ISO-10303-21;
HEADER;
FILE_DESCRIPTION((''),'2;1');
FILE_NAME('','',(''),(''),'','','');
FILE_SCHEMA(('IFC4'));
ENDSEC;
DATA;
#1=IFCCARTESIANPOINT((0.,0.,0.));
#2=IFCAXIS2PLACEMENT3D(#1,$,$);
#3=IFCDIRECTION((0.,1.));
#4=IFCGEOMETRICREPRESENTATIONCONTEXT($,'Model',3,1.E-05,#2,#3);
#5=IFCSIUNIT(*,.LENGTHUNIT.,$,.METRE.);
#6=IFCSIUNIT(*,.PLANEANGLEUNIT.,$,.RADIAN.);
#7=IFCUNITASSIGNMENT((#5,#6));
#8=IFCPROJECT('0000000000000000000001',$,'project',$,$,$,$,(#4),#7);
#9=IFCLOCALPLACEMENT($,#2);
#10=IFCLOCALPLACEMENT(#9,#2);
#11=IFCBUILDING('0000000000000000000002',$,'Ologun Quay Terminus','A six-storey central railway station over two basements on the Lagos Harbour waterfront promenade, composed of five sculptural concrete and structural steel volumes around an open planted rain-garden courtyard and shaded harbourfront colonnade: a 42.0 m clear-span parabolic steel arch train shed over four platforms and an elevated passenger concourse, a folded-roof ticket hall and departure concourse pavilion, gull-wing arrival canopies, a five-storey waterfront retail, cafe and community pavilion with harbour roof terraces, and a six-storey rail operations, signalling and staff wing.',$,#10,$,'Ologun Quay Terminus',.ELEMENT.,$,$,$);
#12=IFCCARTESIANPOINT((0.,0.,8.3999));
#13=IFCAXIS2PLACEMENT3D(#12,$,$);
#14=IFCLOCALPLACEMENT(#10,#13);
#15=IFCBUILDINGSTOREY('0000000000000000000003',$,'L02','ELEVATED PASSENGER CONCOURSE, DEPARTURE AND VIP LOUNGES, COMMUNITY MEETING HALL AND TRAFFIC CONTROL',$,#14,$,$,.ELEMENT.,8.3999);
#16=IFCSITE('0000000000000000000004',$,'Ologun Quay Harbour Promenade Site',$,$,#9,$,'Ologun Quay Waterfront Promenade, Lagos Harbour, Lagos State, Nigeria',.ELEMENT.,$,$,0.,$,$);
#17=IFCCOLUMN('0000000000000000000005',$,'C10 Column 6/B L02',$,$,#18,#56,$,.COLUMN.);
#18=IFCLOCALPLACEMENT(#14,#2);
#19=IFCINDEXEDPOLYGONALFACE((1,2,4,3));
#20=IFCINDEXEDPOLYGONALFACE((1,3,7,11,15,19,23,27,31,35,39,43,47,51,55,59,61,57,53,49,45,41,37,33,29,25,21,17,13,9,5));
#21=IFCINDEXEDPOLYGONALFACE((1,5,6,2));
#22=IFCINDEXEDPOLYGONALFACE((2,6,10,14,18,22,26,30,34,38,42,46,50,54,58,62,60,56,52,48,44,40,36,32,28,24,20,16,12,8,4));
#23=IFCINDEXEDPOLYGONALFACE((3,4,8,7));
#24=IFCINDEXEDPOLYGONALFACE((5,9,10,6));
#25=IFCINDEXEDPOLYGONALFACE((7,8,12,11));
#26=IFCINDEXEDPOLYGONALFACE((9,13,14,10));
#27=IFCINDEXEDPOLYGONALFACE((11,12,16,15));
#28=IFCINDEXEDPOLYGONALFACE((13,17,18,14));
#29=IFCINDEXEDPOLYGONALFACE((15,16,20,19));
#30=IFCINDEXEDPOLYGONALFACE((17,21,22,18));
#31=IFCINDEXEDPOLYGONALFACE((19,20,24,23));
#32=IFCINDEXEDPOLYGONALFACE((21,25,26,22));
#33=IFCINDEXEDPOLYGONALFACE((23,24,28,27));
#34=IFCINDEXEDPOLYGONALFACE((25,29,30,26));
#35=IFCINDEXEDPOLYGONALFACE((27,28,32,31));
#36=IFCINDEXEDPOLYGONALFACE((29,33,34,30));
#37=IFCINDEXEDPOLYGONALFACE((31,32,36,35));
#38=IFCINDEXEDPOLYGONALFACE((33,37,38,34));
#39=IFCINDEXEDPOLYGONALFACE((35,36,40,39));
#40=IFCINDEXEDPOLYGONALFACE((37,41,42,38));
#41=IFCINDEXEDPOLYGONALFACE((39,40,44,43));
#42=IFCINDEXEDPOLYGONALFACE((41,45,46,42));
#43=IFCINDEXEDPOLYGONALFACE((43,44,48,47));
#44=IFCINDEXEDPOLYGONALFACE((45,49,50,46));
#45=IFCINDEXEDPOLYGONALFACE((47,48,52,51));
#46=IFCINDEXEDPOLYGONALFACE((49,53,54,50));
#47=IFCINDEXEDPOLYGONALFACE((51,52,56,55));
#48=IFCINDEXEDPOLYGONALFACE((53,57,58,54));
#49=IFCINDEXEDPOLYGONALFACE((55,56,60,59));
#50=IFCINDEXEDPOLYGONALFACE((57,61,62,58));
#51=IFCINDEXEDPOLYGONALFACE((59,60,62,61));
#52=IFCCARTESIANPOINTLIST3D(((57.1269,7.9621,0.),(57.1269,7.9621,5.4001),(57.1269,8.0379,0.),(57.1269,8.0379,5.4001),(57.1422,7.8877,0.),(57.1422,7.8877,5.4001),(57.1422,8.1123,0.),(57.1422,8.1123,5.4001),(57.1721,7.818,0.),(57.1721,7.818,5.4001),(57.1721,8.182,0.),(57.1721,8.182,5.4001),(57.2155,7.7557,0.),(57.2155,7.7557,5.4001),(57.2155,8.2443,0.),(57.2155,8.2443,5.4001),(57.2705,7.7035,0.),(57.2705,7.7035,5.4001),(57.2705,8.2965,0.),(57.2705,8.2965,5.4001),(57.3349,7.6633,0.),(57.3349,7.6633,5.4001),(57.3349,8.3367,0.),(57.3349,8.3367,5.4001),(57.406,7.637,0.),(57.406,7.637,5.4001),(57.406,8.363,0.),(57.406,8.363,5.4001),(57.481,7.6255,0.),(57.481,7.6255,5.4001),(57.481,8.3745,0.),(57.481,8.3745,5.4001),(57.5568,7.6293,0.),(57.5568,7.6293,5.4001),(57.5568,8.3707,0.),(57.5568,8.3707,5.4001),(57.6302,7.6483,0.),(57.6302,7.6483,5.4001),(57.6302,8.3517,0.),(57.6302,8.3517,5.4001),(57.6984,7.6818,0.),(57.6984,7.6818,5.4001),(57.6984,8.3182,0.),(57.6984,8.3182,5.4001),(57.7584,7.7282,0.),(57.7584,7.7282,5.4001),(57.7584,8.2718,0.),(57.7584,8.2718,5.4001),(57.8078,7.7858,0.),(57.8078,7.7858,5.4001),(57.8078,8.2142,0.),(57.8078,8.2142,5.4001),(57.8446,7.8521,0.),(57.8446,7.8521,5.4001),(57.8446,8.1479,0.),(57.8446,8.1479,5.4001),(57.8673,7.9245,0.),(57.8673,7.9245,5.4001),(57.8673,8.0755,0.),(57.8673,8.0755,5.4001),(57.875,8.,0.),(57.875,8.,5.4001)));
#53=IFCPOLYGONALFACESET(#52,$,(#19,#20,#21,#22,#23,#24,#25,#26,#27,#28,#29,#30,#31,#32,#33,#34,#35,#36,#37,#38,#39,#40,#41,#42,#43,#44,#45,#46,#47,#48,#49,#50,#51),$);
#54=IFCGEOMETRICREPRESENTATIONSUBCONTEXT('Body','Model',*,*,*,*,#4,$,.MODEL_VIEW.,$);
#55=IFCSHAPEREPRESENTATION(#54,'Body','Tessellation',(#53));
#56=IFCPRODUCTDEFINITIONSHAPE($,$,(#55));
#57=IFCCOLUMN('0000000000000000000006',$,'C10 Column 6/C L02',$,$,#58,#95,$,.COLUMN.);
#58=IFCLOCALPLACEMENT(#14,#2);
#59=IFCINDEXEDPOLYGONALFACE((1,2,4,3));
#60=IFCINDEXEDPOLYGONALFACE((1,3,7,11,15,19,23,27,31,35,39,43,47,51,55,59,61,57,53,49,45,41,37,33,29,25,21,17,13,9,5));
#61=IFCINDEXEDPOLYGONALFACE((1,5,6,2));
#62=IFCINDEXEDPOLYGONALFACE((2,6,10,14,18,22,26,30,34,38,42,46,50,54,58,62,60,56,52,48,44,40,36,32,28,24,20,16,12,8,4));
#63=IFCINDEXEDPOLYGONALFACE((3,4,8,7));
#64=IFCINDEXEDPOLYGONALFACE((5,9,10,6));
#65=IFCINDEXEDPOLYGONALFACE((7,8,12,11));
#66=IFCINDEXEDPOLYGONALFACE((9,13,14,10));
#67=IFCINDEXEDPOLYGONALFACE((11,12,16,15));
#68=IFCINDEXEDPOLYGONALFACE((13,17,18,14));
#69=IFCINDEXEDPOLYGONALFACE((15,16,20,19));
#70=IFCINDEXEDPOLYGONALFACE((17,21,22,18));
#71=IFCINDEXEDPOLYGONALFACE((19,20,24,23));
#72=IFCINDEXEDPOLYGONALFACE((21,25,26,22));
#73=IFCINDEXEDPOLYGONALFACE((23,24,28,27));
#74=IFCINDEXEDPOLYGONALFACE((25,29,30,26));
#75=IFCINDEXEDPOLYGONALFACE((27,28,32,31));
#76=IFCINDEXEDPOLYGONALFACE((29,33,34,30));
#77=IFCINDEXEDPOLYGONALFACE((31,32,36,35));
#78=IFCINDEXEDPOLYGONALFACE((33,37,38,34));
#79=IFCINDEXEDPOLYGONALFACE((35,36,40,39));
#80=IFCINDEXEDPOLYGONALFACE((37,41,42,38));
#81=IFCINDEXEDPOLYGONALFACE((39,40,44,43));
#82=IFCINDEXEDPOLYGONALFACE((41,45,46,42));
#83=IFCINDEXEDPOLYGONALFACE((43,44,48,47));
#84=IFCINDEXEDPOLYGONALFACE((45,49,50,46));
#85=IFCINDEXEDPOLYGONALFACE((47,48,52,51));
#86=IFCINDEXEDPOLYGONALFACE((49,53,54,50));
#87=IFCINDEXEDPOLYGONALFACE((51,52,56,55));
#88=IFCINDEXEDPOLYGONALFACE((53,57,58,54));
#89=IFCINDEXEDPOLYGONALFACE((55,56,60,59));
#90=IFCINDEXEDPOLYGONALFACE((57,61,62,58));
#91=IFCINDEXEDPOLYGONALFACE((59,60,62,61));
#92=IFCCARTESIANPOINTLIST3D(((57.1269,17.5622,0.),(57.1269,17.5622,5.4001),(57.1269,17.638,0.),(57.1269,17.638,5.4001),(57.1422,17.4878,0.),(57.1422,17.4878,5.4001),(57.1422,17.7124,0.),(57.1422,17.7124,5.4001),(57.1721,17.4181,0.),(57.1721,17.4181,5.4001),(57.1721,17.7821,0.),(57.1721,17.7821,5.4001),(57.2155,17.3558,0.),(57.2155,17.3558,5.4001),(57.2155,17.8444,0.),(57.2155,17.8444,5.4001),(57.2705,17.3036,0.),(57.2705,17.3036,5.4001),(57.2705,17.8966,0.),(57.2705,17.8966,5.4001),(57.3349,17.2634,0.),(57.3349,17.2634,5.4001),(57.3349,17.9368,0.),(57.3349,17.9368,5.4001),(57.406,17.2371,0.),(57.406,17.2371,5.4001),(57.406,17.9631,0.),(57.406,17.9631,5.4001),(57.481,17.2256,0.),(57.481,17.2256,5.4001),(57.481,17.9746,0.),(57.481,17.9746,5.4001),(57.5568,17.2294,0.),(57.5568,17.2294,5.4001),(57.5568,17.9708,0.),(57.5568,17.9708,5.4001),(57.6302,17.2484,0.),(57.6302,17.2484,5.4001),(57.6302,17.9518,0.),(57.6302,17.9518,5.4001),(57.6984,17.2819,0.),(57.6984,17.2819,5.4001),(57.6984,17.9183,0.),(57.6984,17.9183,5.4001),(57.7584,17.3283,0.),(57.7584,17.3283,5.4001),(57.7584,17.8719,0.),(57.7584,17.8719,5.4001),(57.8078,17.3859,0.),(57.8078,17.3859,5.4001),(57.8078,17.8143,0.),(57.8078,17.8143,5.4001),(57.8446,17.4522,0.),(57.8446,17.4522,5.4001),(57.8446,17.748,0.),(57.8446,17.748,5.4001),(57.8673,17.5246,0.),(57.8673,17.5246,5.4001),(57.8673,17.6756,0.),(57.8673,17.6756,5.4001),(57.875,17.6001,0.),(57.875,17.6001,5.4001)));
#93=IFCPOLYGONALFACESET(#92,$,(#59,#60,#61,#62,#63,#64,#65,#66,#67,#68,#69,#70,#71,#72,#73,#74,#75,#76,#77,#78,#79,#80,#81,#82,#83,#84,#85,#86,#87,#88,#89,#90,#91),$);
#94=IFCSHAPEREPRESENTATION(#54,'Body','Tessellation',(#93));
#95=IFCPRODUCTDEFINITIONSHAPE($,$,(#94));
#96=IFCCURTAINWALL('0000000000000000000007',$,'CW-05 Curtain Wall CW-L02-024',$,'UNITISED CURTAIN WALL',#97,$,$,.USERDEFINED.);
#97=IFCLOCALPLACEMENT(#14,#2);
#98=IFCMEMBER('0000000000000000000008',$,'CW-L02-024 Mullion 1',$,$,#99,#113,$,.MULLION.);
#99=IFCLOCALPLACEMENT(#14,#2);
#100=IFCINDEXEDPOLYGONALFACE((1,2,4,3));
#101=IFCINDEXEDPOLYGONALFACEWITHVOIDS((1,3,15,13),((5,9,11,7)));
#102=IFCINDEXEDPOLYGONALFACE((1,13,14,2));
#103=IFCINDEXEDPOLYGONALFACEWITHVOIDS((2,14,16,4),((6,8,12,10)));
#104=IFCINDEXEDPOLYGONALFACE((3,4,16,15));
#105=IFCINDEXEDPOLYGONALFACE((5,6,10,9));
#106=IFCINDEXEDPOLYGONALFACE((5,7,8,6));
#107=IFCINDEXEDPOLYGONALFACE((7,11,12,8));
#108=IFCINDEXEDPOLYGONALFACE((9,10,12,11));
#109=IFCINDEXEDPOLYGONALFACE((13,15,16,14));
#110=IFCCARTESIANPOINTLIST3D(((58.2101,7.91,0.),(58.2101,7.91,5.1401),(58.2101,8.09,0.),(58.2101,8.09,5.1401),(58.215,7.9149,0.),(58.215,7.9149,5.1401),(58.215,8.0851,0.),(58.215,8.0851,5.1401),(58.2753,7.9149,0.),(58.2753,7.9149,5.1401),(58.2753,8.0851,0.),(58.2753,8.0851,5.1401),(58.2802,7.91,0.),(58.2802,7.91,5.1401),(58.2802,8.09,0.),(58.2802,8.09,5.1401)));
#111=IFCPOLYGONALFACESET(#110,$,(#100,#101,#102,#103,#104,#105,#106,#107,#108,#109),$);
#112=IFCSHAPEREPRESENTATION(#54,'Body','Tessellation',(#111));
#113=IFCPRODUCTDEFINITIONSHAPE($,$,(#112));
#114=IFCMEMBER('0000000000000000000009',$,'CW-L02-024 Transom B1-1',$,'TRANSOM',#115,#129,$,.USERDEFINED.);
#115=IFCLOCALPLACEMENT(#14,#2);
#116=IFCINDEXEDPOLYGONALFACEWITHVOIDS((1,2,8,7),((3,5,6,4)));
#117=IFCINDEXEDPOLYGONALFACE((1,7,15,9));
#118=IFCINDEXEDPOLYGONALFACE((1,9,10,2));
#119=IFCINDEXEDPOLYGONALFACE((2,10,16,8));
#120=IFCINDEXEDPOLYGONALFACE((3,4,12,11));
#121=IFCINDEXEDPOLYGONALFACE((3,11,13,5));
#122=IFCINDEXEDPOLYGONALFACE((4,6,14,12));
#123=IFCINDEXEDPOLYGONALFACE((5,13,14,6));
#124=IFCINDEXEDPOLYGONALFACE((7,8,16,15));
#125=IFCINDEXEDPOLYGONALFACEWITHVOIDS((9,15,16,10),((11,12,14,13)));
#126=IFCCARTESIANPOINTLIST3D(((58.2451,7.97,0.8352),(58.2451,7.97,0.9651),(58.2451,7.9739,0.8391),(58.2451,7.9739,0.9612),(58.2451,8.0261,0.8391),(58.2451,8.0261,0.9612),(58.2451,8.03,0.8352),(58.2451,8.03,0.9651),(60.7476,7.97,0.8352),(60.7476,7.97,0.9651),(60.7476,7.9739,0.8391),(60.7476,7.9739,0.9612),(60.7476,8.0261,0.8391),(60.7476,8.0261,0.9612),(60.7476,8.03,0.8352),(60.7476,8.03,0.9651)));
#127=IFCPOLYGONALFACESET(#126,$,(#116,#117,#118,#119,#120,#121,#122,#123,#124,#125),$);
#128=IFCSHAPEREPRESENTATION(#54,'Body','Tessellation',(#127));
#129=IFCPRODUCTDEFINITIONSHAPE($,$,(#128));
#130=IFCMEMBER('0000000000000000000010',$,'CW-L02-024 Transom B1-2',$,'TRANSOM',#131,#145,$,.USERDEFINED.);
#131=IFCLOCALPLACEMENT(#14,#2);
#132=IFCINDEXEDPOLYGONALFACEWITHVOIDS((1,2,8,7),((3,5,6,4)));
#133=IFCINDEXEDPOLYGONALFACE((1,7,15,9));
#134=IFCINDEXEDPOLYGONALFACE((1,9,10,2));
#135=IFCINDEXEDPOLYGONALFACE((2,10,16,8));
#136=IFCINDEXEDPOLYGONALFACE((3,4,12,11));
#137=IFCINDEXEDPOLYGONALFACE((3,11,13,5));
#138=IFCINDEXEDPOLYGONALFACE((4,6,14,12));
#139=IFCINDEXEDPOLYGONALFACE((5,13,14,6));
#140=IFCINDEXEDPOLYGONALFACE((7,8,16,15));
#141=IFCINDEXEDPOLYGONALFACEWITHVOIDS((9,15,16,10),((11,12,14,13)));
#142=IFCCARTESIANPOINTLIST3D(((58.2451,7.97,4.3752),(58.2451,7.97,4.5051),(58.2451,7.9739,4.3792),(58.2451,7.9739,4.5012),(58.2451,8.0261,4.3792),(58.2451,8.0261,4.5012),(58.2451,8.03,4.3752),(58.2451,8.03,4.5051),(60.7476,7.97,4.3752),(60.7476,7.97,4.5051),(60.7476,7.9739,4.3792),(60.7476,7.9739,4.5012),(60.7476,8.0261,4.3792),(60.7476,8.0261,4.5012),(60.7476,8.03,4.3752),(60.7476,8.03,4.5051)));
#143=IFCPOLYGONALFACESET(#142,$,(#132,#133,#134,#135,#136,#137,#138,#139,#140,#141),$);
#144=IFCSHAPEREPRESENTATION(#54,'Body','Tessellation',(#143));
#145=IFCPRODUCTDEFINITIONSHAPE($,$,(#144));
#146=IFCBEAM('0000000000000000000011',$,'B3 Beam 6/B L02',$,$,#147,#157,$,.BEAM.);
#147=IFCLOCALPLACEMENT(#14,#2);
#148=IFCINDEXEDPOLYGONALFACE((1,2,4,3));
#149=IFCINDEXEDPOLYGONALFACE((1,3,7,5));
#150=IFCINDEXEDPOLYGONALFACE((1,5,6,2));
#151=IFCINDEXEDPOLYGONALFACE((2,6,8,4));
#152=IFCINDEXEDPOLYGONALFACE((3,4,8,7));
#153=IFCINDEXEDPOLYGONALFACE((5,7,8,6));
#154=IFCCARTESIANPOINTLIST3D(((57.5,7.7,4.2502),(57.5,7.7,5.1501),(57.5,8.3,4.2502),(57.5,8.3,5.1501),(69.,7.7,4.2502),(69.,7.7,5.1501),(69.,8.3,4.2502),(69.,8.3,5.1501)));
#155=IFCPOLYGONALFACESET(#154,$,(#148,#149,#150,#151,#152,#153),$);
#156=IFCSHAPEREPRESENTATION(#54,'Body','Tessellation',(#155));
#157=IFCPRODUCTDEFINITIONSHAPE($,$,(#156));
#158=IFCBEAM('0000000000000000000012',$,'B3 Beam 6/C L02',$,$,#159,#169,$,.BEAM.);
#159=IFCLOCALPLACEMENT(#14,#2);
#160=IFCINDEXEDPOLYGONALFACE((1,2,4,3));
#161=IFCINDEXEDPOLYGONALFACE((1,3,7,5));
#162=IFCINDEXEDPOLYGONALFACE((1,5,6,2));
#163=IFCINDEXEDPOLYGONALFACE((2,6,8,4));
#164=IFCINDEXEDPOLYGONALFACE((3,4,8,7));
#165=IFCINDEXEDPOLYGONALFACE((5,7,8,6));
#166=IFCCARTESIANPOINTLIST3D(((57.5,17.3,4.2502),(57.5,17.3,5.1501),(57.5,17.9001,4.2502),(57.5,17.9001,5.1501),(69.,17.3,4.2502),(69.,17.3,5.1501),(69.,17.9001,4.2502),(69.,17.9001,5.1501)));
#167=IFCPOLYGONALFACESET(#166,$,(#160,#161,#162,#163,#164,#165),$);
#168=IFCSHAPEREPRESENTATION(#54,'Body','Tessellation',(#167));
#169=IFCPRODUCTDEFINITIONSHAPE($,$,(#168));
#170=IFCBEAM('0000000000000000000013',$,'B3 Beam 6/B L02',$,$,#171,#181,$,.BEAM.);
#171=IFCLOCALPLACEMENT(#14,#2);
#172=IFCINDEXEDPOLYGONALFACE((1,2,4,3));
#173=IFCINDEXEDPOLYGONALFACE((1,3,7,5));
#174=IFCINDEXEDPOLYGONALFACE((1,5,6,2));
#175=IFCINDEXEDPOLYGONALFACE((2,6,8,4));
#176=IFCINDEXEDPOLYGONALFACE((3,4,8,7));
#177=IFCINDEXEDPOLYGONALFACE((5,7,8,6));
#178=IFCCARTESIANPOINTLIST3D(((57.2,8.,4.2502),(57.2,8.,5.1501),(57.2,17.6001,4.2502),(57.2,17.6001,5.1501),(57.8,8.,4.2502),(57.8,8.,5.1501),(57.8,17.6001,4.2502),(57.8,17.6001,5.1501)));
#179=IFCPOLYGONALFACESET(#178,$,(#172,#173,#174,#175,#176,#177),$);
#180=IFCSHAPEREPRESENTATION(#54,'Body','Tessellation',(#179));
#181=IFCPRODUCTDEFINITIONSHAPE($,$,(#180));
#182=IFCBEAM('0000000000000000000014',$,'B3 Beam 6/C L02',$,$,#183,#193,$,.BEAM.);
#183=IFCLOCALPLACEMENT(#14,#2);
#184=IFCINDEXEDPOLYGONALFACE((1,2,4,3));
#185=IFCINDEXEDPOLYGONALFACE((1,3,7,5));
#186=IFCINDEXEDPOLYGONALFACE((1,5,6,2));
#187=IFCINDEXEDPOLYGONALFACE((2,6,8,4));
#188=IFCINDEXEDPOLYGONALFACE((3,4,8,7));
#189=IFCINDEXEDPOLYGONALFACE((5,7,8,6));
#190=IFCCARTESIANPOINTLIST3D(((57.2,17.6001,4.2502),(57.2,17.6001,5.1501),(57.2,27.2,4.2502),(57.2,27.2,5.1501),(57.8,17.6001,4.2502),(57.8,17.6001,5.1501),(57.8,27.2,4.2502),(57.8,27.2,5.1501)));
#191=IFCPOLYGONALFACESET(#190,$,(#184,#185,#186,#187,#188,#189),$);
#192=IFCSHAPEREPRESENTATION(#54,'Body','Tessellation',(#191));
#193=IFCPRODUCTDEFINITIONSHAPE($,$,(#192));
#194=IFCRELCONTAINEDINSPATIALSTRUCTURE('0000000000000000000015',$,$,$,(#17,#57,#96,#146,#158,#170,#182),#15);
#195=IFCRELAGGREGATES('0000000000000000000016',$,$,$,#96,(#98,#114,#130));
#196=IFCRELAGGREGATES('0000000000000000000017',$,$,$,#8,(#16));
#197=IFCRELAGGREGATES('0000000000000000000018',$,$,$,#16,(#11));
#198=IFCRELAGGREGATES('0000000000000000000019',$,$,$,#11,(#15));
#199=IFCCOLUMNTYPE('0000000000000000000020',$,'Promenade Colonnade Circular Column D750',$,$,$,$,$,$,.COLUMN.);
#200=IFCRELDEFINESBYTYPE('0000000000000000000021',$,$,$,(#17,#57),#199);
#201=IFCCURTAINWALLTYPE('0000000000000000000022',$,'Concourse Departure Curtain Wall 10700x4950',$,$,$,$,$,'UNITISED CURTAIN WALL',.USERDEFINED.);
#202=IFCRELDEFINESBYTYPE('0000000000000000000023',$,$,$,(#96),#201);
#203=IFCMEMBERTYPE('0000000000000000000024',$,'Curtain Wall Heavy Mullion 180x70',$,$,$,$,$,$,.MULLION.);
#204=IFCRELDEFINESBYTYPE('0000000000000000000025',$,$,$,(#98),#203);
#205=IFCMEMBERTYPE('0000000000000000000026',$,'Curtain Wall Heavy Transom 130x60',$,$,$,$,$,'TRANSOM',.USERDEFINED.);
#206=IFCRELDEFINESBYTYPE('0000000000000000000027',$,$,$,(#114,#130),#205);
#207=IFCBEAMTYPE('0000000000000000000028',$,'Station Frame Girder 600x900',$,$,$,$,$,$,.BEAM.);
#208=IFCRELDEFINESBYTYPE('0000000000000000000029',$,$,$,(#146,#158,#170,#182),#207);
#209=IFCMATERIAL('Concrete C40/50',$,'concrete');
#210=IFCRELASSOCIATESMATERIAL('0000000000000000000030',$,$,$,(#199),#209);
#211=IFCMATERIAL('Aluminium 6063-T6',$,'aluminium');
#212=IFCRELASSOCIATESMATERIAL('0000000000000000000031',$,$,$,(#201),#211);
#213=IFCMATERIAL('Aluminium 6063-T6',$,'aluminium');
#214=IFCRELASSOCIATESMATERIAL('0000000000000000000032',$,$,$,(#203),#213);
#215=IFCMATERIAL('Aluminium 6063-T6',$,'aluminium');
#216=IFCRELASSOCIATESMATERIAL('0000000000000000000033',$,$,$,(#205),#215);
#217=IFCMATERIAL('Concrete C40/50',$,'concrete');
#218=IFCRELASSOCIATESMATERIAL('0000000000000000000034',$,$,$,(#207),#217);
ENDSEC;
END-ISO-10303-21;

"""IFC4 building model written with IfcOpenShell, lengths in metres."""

from ifc_helpers import new_model, si_unit, direction, frame, origin, origin_2d, place, context, subcontext, project, spatial, rectangle, hollow_rectangle, circle, extrude, material, material_profile, profile_set, type_object, element, aggregate, save


model = new_model("IFC4")

# Units and contexts
model_context = context("Model", 3, precision=1e-05, world=origin(), true_north=direction((0.0, 1.0)))
body_context = subcontext(model_context, "Body", "Model", "MODEL_VIEW")
ifc_project = project(units=[si_unit("LENGTHUNIT", "METRE"), si_unit("PLANEANGLEUNIT", "RADIAN")], contexts=[model_context])

# Site, building, storey
site_placement = place(None, origin())
site = spatial("IfcSite", under=ifc_project, at=site_placement, Name="Ologun Quay Harbour Promenade Site", LongName="Ologun Quay Waterfront Promenade, Lagos Harbour, Lagos State, Nigeria", CompositionType="ELEMENT", RefElevation=0.0)
building_placement = place(site_placement, origin())
building = spatial("IfcBuilding", under=site, at=building_placement, Name="Ologun Quay Terminus", Description="A six-storey central railway station over two basements on the Lagos Harbour waterfront promenade, composed of five sculptural concrete and structural steel volumes around an open planted rain-garden courtyard and shaded harbourfront colonnade: a 42.0 m clear-span parabolic steel arch train shed over four platforms and an elevated passenger concourse, a folded-roof ticket hall and departure concourse pavilion, gull-wing arrival canopies, a five-storey waterfront retail, cafe and community pavilion with harbour roof terraces, and a six-storey rail operations, signalling and staff wing.", LongName="Ologun Quay Terminus", CompositionType="ELEMENT")
storey_placement = place(building_placement, frame((0.0, 0.0, 8.3999)))
storey = spatial("IfcBuildingStorey", under=building, at=storey_placement, Name="L02", Description="ELEVATED PASSENGER CONCOURSE, DEPARTURE AND VIP LOUNGES, COMMUNITY MEETING HALL AND TRAFFIC CONTROL", CompositionType="ELEMENT", Elevation=8.3999)

# Columns
ifc_material_1 = material(Name="Concrete C40/50", Category="concrete")
ifc_material_profile_1 = material_profile(ifc_material_1, circle(Radius=0.375, at=origin_2d()), Name="RC D750")
ifc_profile_set_1 = profile_set([ifc_material_profile_1], Name="Concrete C40/50")
column_type = type_object("IfcColumnType", Name="Promenade Colonnade Circular Column D750", PredefinedType="COLUMN", material=ifc_profile_set_1)
for number, where, z_axis, x_axis, name in (
    (1, (57.5, 8.0, 0.0), (0.0, 0.0, 1.0), (1.0, 0.0, 0.0), "C10 Column 6/B L02"),
    (2, (57.5, 17.6001, 0.0), (0.0, 0.0, 1.0), (1.0, 0.0, 0.0), "C10 Column 6/C L02"),
):
    element("IfcColumn", number, at=place(storey_placement, frame(where, z_axis=z_axis, x_axis=x_axis)), inside=storey, type_object=column_type, Name=name, PredefinedType="COLUMN", context=body_context, shape_type="SweptSolid", body=[
        extrude(circle(Radius=0.375, at=origin_2d()), origin(), (0.0, 0.0, 1.0), 5.4001),
    ])

# Curtain wall, members
ifc_material_2 = material(Name="Aluminium 6063-T6", Category="aluminium")
curtain_wall_type = type_object("IfcCurtainWallType", Name="Concourse Departure Curtain Wall 10700x4950", ElementType="UNITISED CURTAIN WALL", PredefinedType="USERDEFINED", material=ifc_material_2)
curtain_wall_placement = place(storey_placement, origin())
curtain_wall = element("IfcCurtainWall", 3, at=curtain_wall_placement, inside=storey, type_object=curtain_wall_type, Name="CW-05 Curtain Wall CW-L02-024", ObjectType="UNITISED CURTAIN WALL", PredefinedType="USERDEFINED")
ifc_material_3 = material(Name="Aluminium 6063-T6", Category="aluminium")
ifc_material_profile_2 = material_profile(ifc_material_3, hollow_rectangle(XDim=0.0701, YDim=0.1799, WallThickness=0.0049, at=origin_2d()), Name="ALU 180x70x5")
ifc_profile_set_2 = profile_set([ifc_material_profile_2], Name="Aluminium 6063-T6")
member_type_1 = type_object("IfcMemberType", Name="Curtain Wall Heavy Mullion 180x70", PredefinedType="MULLION", material=ifc_profile_set_2)
member_1_placement = place(storey_placement, frame((58.2451, 8.0, 0.0), z_axis=(0.0, 0.0, 1.0), x_axis=(1.0, 0.0, 0.0)))
member_1 = element("IfcMember", 4, at=member_1_placement, type_object=member_type_1, Name="CW-L02-024 Mullion 1", PredefinedType="MULLION", context=body_context, shape_type="SweptSolid", body=[
    extrude(hollow_rectangle(XDim=0.0701, YDim=0.1799, WallThickness=0.0049, at=origin_2d()), origin(), (0.0, 0.0, 1.0), 5.1401),
])
ifc_material_4 = material(Name="Aluminium 6063-T6", Category="aluminium")
ifc_material_profile_3 = material_profile(ifc_material_4, hollow_rectangle(XDim=0.0601, YDim=0.1299, WallThickness=0.0039, at=origin_2d()), Name="ALU 130x60x4")
ifc_profile_set_3 = profile_set([ifc_material_profile_3], Name="Aluminium 6063-T6")
member_type_2 = type_object("IfcMemberType", Name="Curtain Wall Heavy Transom 130x60", ElementType="TRANSOM", PredefinedType="USERDEFINED", material=ifc_profile_set_3)
member_2_placement = place(storey_placement, frame((58.2451, 8.0, 0.9001), z_axis=(1.0, 0.0, 0.0), x_axis=(0.0, 1.0, 0.0)))
member_2 = element("IfcMember", 5, at=member_2_placement, type_object=member_type_2, Name="CW-L02-024 Transom B1-1", ObjectType="TRANSOM", PredefinedType="USERDEFINED", context=body_context, shape_type="SweptSolid", body=[
    extrude(hollow_rectangle(XDim=0.0601, YDim=0.1299, WallThickness=0.0039, at=origin_2d()), origin(), (0.0, 0.0, 1.0), 2.5024),
])
member_3_placement = place(storey_placement, frame((58.2451, 8.0, 4.4402), z_axis=(1.0, 0.0, 0.0), x_axis=(0.0, 1.0, 0.0)))
member_3 = element("IfcMember", 6, at=member_3_placement, type_object=member_type_2, Name="CW-L02-024 Transom B1-2", ObjectType="TRANSOM", PredefinedType="USERDEFINED", context=body_context, shape_type="SweptSolid", body=[
    extrude(hollow_rectangle(XDim=0.0601, YDim=0.1299, WallThickness=0.0039, at=origin_2d()), origin(), (0.0, 0.0, 1.0), 2.5024),
])

# Beams
ifc_material_5 = material(Name="Concrete C40/50", Category="concrete")
ifc_material_profile_4 = material_profile(ifc_material_5, rectangle(XDim=0.6001, YDim=0.8999, at=origin_2d()), Name="RC 600x900")
ifc_profile_set_4 = profile_set([ifc_material_profile_4], Name="Concrete C40/50")
beam_type = type_object("IfcBeamType", Name="Station Frame Girder 600x900", PredefinedType="BEAM", material=ifc_profile_set_4)
for number, where, z_axis, x_axis, name in (
    (7, (57.5, 8.0, 4.7002), (1.0, 0.0, 0.0), (0.0, 1.0, 0.0), "B3 Beam 6/B L02"),
    (8, (57.5, 17.6001, 4.7002), (1.0, 0.0, 0.0), (0.0, 1.0, 0.0), "B3 Beam 6/C L02"),
):
    element("IfcBeam", number, at=place(storey_placement, frame(where, z_axis=z_axis, x_axis=x_axis)), inside=storey, type_object=beam_type, Name=name, PredefinedType="BEAM", context=body_context, shape_type="SweptSolid", body=[
        extrude(rectangle(XDim=0.6001, YDim=0.8999, at=origin_2d()), origin(), (0.0, 0.0, 1.0), 11.5),
    ])
beam_1_placement = place(storey_placement, frame((57.5, 8.0, 4.7002), z_axis=(0.0, 1.0, 0.0), x_axis=(-1.0, 0.0, 0.0)))
element("IfcBeam", 9, at=beam_1_placement, inside=storey, type_object=beam_type, Name="B3 Beam 6/B L02", PredefinedType="BEAM", context=body_context, shape_type="SweptSolid", body=[
    extrude(rectangle(XDim=0.6001, YDim=0.8999, at=origin_2d()), origin(), (0.0, 0.0, 1.0), 9.6001),
])
beam_2_placement = place(storey_placement, frame((57.5, 17.6001, 4.7002), z_axis=(0.0, 1.0, 0.0), x_axis=(-1.0, 0.0, 0.0)))
element("IfcBeam", 10, at=beam_2_placement, inside=storey, type_object=beam_type, Name="B3 Beam 6/C L02", PredefinedType="BEAM", context=body_context, shape_type="SweptSolid", body=[
    extrude(rectangle(XDim=0.6001, YDim=0.8999, at=origin_2d()), origin(), (0.0, 0.0, 1.0), 9.5999),
])

aggregate(curtain_wall, [member_1, member_2, member_3])

save(model, "model.ifc")
